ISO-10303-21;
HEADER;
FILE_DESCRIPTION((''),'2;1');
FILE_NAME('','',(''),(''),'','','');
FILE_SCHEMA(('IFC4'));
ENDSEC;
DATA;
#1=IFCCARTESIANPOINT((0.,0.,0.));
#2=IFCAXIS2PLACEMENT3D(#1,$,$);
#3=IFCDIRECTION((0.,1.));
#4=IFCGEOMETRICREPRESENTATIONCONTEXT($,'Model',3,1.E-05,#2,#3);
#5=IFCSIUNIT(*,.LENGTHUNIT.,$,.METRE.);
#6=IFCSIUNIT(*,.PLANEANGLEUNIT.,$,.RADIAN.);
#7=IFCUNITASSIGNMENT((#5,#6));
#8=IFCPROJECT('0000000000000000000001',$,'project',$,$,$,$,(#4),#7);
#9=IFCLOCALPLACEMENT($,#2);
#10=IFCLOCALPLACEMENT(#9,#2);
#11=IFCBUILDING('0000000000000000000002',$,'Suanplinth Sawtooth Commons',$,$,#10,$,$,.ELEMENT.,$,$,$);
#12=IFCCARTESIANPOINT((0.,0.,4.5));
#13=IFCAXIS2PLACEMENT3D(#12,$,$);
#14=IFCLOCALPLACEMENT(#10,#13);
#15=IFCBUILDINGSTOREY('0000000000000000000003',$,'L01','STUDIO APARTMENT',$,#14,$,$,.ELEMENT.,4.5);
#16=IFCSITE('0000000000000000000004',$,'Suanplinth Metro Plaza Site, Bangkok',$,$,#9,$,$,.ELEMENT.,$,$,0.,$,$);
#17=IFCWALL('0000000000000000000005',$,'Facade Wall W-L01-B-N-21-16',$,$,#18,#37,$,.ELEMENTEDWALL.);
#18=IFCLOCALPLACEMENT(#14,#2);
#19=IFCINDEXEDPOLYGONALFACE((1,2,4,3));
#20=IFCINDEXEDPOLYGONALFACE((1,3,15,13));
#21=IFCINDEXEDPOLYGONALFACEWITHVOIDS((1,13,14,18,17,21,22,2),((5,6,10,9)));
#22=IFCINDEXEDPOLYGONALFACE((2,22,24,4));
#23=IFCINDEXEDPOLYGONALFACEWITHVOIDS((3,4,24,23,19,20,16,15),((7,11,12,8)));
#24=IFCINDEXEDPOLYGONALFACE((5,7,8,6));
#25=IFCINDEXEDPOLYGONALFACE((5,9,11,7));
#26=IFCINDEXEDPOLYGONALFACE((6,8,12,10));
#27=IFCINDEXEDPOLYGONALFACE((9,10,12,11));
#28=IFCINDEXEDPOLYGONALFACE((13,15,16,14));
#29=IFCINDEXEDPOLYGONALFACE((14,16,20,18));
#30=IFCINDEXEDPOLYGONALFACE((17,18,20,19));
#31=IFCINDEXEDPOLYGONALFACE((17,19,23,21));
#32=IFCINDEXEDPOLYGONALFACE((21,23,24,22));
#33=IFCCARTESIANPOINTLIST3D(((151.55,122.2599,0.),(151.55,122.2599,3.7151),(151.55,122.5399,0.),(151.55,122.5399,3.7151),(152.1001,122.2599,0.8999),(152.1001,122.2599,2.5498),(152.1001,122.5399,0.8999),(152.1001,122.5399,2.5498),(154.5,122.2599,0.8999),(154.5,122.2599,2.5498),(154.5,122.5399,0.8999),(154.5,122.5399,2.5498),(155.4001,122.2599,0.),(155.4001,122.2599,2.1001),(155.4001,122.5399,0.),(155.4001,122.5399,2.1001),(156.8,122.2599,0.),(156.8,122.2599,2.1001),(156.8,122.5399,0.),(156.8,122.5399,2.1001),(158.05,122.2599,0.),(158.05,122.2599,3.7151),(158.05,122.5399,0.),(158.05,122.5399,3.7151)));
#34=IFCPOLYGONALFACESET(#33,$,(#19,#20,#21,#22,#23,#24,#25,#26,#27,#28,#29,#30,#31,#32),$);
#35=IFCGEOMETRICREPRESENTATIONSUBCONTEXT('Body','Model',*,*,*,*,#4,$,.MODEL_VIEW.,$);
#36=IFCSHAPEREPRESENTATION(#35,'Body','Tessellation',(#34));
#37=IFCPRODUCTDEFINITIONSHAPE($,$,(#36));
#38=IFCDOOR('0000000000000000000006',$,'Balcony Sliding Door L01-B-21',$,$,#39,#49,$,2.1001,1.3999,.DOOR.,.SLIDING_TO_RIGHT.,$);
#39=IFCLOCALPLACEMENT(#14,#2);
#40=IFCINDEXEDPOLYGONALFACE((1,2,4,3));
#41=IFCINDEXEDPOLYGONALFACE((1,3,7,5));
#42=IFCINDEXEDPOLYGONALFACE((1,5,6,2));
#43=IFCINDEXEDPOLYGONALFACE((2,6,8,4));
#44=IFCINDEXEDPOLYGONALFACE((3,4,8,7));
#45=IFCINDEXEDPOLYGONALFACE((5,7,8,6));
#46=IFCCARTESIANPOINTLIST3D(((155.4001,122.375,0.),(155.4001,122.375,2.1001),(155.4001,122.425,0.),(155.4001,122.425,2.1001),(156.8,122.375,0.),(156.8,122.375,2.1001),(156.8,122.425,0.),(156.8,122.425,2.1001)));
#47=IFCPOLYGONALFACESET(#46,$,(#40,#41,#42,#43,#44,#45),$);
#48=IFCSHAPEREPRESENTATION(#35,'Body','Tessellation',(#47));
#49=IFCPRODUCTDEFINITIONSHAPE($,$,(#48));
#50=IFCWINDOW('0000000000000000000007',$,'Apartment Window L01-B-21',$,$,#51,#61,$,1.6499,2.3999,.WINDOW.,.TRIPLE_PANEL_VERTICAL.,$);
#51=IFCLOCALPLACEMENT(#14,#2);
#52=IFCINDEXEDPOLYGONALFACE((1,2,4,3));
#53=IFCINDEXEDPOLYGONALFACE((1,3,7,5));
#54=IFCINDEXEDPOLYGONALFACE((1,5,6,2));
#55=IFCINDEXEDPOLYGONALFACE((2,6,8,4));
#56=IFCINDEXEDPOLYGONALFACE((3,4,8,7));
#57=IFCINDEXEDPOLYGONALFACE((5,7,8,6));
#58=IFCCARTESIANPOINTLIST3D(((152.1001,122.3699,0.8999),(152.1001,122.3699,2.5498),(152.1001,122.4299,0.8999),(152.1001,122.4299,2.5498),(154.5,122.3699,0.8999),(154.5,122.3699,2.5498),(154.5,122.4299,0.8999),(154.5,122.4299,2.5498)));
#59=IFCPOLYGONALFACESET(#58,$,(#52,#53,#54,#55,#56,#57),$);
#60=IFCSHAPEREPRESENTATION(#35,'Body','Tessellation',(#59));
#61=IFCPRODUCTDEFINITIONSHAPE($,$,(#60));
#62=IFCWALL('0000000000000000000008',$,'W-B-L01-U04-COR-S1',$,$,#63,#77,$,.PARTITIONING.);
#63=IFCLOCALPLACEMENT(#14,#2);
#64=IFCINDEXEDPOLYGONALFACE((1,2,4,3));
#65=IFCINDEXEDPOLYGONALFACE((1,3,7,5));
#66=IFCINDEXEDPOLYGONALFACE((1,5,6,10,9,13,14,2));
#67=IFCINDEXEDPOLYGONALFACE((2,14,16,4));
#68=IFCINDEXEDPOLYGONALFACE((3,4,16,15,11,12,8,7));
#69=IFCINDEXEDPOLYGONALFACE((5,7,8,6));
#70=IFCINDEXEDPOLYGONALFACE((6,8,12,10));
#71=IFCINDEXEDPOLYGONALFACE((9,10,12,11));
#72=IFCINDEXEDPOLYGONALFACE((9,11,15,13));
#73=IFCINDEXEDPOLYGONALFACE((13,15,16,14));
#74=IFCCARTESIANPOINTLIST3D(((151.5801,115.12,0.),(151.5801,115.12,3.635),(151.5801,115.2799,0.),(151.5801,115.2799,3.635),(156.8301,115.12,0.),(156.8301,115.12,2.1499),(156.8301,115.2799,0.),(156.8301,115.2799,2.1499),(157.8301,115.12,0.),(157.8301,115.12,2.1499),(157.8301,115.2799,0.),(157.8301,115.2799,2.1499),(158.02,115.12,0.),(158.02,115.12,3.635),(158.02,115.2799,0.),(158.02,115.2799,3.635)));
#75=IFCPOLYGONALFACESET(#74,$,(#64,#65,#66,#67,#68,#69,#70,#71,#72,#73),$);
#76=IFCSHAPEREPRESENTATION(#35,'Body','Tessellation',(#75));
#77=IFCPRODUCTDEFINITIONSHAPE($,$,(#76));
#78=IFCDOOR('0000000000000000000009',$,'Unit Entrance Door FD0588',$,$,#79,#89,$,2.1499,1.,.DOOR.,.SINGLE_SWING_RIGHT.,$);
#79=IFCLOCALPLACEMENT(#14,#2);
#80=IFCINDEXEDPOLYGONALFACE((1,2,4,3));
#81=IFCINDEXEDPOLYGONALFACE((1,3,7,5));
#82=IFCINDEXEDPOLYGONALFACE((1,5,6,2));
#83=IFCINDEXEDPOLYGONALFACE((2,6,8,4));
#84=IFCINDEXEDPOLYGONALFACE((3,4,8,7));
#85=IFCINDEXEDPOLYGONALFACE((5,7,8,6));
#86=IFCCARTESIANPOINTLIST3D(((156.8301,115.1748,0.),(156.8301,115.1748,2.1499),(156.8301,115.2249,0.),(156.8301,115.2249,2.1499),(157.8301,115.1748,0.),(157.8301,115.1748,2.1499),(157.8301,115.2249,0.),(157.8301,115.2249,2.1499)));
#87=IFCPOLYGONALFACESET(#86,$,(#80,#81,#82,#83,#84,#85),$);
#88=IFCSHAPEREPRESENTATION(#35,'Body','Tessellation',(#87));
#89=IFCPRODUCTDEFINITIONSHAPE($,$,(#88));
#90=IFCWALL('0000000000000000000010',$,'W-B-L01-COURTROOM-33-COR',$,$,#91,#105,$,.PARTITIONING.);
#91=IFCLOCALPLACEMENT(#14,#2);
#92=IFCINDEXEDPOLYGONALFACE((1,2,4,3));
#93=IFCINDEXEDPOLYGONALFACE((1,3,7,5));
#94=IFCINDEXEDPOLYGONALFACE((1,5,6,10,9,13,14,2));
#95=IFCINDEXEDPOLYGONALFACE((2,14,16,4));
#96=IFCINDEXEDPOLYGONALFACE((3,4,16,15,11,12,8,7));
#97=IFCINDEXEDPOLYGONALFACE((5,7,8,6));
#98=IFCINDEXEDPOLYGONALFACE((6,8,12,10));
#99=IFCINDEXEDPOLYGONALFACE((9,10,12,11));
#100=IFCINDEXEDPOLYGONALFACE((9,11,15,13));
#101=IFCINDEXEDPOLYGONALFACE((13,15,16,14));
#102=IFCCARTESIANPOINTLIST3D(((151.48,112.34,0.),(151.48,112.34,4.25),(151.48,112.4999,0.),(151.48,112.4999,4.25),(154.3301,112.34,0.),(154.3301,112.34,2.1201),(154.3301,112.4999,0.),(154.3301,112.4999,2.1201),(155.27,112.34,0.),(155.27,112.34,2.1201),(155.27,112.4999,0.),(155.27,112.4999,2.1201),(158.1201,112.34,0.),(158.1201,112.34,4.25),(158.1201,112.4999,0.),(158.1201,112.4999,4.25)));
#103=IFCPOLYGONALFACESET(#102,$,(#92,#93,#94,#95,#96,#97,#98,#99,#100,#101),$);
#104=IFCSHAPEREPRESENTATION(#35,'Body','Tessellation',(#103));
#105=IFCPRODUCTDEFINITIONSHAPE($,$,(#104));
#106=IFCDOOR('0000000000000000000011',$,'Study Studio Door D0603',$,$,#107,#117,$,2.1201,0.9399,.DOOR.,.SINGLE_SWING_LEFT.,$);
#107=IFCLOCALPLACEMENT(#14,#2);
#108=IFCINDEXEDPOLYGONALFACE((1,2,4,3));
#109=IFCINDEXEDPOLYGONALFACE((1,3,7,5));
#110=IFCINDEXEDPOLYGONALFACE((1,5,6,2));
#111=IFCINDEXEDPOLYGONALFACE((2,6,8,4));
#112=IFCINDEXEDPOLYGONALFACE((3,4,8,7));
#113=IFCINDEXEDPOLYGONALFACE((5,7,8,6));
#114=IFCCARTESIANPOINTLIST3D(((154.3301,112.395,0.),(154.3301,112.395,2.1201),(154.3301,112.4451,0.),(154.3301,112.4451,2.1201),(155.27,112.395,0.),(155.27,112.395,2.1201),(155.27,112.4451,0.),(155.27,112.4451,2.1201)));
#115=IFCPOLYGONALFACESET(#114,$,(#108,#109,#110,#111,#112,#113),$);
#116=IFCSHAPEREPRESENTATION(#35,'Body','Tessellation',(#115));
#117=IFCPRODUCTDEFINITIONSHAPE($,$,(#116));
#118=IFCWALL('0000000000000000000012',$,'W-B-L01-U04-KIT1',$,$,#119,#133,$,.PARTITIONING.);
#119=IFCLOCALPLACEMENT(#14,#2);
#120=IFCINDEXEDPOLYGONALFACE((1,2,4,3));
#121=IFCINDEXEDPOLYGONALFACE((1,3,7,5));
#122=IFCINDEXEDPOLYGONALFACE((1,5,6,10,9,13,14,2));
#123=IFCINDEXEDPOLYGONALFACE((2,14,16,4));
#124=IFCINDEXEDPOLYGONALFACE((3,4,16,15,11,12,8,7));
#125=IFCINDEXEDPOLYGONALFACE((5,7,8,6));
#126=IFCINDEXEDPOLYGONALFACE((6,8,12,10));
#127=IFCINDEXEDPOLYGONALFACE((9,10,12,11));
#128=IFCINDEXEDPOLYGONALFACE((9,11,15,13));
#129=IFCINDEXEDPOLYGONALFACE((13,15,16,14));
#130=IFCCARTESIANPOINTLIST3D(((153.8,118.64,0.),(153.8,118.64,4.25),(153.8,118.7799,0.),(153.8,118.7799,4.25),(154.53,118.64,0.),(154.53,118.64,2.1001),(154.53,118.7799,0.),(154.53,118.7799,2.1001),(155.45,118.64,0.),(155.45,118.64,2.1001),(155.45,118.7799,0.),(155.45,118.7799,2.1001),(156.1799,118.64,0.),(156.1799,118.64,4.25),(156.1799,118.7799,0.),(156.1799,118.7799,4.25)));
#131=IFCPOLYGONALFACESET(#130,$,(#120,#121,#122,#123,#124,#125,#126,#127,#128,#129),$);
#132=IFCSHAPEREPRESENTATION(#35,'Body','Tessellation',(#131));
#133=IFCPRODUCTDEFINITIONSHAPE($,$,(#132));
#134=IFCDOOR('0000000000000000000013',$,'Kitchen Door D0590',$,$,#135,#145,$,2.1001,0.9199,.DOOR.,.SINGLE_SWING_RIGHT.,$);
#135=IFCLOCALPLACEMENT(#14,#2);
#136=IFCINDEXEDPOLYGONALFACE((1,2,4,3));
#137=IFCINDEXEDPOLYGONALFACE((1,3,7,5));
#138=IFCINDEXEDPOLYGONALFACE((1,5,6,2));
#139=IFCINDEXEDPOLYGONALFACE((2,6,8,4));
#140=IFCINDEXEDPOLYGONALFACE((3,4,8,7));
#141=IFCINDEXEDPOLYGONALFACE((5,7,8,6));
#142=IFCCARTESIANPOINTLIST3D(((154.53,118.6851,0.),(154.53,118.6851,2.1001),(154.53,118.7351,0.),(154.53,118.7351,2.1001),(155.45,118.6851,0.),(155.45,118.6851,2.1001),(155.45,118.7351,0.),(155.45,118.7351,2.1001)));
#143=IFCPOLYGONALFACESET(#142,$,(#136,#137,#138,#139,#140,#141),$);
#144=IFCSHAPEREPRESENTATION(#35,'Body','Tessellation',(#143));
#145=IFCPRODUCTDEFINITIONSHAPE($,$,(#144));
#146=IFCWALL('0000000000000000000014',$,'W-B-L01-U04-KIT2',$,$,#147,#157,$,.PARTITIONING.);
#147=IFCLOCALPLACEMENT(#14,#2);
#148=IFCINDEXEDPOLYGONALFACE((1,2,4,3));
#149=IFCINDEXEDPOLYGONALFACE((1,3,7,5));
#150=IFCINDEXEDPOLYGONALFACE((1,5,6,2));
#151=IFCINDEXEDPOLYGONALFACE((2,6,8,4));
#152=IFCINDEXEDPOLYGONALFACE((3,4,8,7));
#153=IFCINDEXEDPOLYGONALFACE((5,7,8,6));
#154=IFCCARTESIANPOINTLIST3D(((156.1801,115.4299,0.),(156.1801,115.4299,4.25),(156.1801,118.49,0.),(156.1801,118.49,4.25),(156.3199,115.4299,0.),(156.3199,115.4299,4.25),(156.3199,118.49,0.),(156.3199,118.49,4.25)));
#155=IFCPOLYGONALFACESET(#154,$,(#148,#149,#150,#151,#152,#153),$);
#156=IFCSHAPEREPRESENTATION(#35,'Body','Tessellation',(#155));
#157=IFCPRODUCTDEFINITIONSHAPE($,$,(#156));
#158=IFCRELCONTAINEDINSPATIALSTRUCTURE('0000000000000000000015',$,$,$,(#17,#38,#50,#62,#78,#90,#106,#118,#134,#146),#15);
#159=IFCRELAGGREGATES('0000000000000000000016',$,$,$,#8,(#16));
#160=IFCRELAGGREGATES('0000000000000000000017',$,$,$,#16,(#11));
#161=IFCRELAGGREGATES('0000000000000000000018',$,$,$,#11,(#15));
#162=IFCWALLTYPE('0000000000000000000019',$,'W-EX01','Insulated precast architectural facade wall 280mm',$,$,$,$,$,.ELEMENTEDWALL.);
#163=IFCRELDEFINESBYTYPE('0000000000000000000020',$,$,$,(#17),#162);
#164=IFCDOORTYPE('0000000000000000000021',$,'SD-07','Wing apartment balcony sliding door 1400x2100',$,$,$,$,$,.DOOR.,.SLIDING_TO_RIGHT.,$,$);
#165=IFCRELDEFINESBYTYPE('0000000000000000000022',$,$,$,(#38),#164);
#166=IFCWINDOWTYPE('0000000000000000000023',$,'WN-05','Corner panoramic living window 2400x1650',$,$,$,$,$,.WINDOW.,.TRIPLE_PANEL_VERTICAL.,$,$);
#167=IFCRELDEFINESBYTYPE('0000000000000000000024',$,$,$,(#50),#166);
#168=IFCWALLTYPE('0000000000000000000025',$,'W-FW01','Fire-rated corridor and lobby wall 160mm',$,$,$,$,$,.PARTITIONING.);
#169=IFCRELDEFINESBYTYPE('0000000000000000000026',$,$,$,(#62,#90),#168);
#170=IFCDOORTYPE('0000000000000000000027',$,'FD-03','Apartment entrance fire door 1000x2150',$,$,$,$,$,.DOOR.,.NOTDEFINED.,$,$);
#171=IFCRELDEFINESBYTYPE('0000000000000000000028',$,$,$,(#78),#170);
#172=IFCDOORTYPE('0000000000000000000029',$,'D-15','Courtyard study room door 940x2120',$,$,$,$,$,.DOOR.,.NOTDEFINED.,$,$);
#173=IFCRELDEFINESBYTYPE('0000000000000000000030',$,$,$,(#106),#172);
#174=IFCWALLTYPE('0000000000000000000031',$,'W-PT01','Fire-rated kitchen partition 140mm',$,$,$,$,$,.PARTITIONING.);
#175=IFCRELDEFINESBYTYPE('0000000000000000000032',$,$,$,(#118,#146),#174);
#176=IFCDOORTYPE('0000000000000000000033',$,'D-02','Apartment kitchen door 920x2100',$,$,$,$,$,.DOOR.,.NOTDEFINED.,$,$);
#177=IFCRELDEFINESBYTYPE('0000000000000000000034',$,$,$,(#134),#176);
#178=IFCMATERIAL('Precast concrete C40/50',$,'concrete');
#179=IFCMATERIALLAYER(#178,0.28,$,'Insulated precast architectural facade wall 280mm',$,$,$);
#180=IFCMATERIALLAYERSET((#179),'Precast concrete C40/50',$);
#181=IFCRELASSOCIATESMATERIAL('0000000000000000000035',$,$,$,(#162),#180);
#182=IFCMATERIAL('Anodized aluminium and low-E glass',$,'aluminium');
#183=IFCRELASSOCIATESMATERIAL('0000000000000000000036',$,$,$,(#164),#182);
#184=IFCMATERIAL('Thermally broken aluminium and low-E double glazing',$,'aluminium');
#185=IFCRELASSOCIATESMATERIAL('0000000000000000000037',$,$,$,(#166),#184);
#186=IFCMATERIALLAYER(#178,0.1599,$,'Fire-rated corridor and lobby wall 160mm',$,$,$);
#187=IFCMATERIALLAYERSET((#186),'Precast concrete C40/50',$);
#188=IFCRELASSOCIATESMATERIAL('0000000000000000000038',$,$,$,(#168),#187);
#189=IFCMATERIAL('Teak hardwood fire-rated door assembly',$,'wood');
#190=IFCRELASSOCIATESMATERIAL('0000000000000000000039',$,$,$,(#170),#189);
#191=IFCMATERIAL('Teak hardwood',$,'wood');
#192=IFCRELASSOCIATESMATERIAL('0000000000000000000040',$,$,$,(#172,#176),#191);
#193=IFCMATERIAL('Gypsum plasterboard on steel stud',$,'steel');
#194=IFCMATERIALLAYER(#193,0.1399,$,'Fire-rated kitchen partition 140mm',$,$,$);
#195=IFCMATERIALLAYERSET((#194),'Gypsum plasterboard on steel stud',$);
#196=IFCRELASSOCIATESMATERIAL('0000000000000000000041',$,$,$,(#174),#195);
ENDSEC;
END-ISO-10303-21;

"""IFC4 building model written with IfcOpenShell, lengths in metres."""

from ifc_helpers import new_model, si_unit, direction, frame, frame_2d, origin, place, context, subcontext, project, spatial, rectangle, extrude, material, layer, layer_set, type_object, element, fill, save


model = new_model("IFC4")

# Units and contexts
model_context = context("Model", 3, precision=1e-05, world=origin(), true_north=direction((0.0, 1.0)))
body_context = subcontext(model_context, "Body", "Model", "MODEL_VIEW")
ifc_project = project(units=[si_unit("LENGTHUNIT", "METRE"), si_unit("PLANEANGLEUNIT", "RADIAN")], contexts=[model_context])

# Site, building, storey
site_placement = place(None, origin())
site = spatial("IfcSite", under=ifc_project, at=site_placement, Name="Suanplinth Metro Plaza Site, Bangkok", CompositionType="ELEMENT", RefElevation=0.0)
building_placement = place(site_placement, origin())
building = spatial("IfcBuilding", under=site, at=building_placement, Name="Suanplinth Sawtooth Commons", CompositionType="ELEMENT")
storey_placement = place(building_placement, frame((0.0, 0.0, 4.5)))
storey = spatial("IfcBuildingStorey", under=building, at=storey_placement, Name="L01", Description="STUDIO APARTMENT", CompositionType="ELEMENT", Elevation=4.5)

# Shared definitions
ifc_material_1 = material(Name="Precast concrete C40/50", Category="concrete")

# Shared definitions
ifc_material_2 = material(Name="Teak hardwood fire-rated door assembly", Category="wood")

# Wall, openings, door, window
ifc_layer_1 = layer(ifc_material_1, 0.28, Name="Insulated precast architectural facade wall 280mm")
ifc_layer_set_1 = layer_set([ifc_layer_1], Name="Precast concrete C40/50")
wall_type_1 = type_object("IfcWallType", Name="W-EX01", Description="Insulated precast architectural facade wall 280mm", PredefinedType="ELEMENTEDWALL", material=ifc_layer_set_1)
wall_1_placement = place(storey_placement, frame((151.55, 122.3999, 0.0), z_axis=(0.0, 0.0, 1.0), x_axis=(1.0, 0.0, 0.0)))
wall_1 = element("IfcWall", 1, at=wall_1_placement, inside=storey, type_object=wall_type_1, Name="Facade Wall W-L01-B-N-21-16", PredefinedType="ELEMENTEDWALL", context=body_context, shape_type="SweptSolid", body=[
    extrude(rectangle(XDim=6.5, YDim=0.28, at=frame_2d((3.25, 0.0))), origin(), (0.0, 0.0, 1.0), 3.7151),
])
opening_1_placement = place(wall_1_placement, frame((3.8501, 0.0, 0.0)))
opening_1 = element("IfcOpeningElement", 2, at=opening_1_placement, cuts=wall_1, PredefinedType="OPENING", context=body_context, shape_type="SweptSolid", body=[
    extrude(rectangle(XDim=1.3999, YDim=2.1001, at=frame_2d((0.7, 1.05))), frame((0.0, 0.1548, 0.0), z_axis=(0.0, -1.0, 0.0), x_axis=(1.0, 0.0, 0.0)), (0.0, 0.0, 1.0), 0.3098),
])
opening_2_placement = place(wall_1_placement, frame((0.55, 0.0, 0.8999)))
opening_2 = element("IfcOpeningElement", 3, at=opening_2_placement, cuts=wall_1, PredefinedType="OPENING", context=body_context, shape_type="SweptSolid", body=[
    extrude(rectangle(XDim=2.3999, YDim=1.6499, at=frame_2d((1.2, 0.825))), frame((0.0, 0.1548, 0.0), z_axis=(0.0, -1.0, 0.0), x_axis=(1.0, 0.0, 0.0)), (0.0, 0.0, 1.0), 0.3098),
])
ifc_material_3 = material(Name="Anodized aluminium and low-E glass", Category="aluminium")
door_type_1 = type_object("IfcDoorType", Name="SD-07", Description="Wing apartment balcony sliding door 1400x2100", OperationType="SLIDING_TO_RIGHT", PredefinedType="DOOR", material=ifc_material_3)
door_1_placement = place(opening_1_placement, frame((1.3999, 0.0, 0.0), z_axis=(0.0, 0.0, 1.0), x_axis=(-1.0, 0.0, 0.0)))
door_1 = element("IfcDoor", 4, at=door_1_placement, inside=storey, type_object=door_type_1, Name="Balcony Sliding Door L01-B-21", OperationType="SLIDING_TO_RIGHT", OverallHeight=2.1001, OverallWidth=1.3999, PredefinedType="DOOR", context=body_context, shape_type="SweptSolid", body=[
    extrude(rectangle(XDim=1.3999, YDim=2.1001, at=frame_2d((0.7, 1.05))), frame((0.0, 0.0249, 0.0), z_axis=(0.0, -1.0, 0.0), x_axis=(1.0, 0.0, 0.0)), (0.0, 0.0, 1.0), 0.05),
])
fill(opening_1, door_1)
ifc_material_4 = material(Name="Thermally broken aluminium and low-E double glazing", Category="aluminium")
window_type = type_object("IfcWindowType", Name="WN-05", Description="Corner panoramic living window 2400x1650", PartitioningType="TRIPLE_PANEL_VERTICAL", PredefinedType="WINDOW", material=ifc_material_4)
window_placement = place(opening_2_placement, origin())
window = element("IfcWindow", 5, at=window_placement, inside=storey, type_object=window_type, Name="Apartment Window L01-B-21", OverallHeight=1.6499, OverallWidth=2.3999, PartitioningType="TRIPLE_PANEL_VERTICAL", PredefinedType="WINDOW", context=body_context, shape_type="SweptSolid", body=[
    extrude(rectangle(XDim=2.3999, YDim=1.6499, at=frame_2d((1.2, 0.825))), frame((0.0, 0.03, 0.0), z_axis=(0.0, -1.0, 0.0), x_axis=(1.0, 0.0, 0.0)), (0.0, 0.0, 1.0), 0.0601),
])
fill(opening_2, window)

# Walls, openings, doors
ifc_layer_2 = layer(ifc_material_1, 0.1599, Name="Fire-rated corridor and lobby wall 160mm")
ifc_layer_set_2 = layer_set([ifc_layer_2], Name="Precast concrete C40/50")
wall_type_2 = type_object("IfcWallType", Name="W-FW01", Description="Fire-rated corridor and lobby wall 160mm", PredefinedType="PARTITIONING", material=ifc_layer_set_2)
wall_2_placement = place(storey_placement, frame((151.5801, 115.2, 0.0), z_axis=(0.0, 0.0, 1.0), x_axis=(1.0, 0.0, 0.0)))
wall_2 = element("IfcWall", 6, at=wall_2_placement, inside=storey, type_object=wall_type_2, Name="W-B-L01-U04-COR-S1", PredefinedType="PARTITIONING", context=body_context, shape_type="SweptSolid", body=[
    extrude(rectangle(XDim=6.4399, YDim=0.1599, at=frame_2d((3.22, 0.0))), origin(), (0.0, 0.0, 1.0), 3.635),
])
opening_3_placement = place(wall_2_placement, frame((5.25, 0.0, 0.0)))
opening_3 = element("IfcOpeningElement", 7, at=opening_3_placement, cuts=wall_2, PredefinedType="OPENING", context=body_context, shape_type="SweptSolid", body=[
    extrude(rectangle(XDim=1.0, YDim=2.1499, at=frame_2d((0.5, 1.075))), frame((0.0, 0.0947, 0.0), z_axis=(0.0, -1.0, 0.0), x_axis=(1.0, 0.0, 0.0)), (0.0, 0.0, 1.0), 0.1897),
])
door_type_2 = type_object("IfcDoorType", Name="FD-03", Description="Apartment entrance fire door 1000x2150", OperationType="NOTDEFINED", PredefinedType="DOOR", material=ifc_material_2)
door_2_placement = place(opening_3_placement, origin())
door_2 = element("IfcDoor", 8, at=door_2_placement, inside=storey, type_object=door_type_2, Name="Unit Entrance Door FD0588", OperationType="SINGLE_SWING_RIGHT", OverallHeight=2.1499, OverallWidth=1.0, PredefinedType="DOOR", context=body_context, shape_type="SweptSolid", body=[
    extrude(rectangle(XDim=1.0, YDim=2.1499, at=frame_2d((0.5, 1.075))), frame((0.0, 0.0249, 0.0), z_axis=(0.0, -1.0, 0.0), x_axis=(1.0, 0.0, 0.0)), (0.0, 0.0, 1.0), 0.05),
])
fill(opening_3, door_2)
wall_3_placement = place(storey_placement, frame((151.48, 112.4199, 0.0), z_axis=(0.0, 0.0, 1.0), x_axis=(1.0, 0.0, 0.0)))
wall_3 = element("IfcWall", 9, at=wall_3_placement, inside=storey, type_object=wall_type_2, Name="W-B-L01-COURTROOM-33-COR", PredefinedType="PARTITIONING", context=body_context, shape_type="SweptSolid", body=[
    extrude(rectangle(XDim=6.6401, YDim=0.1599, at=frame_2d((3.3201, 0.0))), origin(), (0.0, 0.0, 1.0), 4.25),
])
opening_4_placement = place(wall_3_placement, frame((2.8501, 0.0, 0.0)))
opening_4 = element("IfcOpeningElement", 10, at=opening_4_placement, cuts=wall_3, PredefinedType="OPENING", context=body_context, shape_type="SweptSolid", body=[
    extrude(rectangle(XDim=0.9399, YDim=2.1201, at=frame_2d((0.47, 1.0601))), frame((0.0, 0.0947, 0.0), z_axis=(0.0, -1.0, 0.0), x_axis=(1.0, 0.0, 0.0)), (0.0, 0.0, 1.0), 0.1897),
])
ifc_material_5 = material(Name="Teak hardwood", Category="wood")
door_type_3 = type_object("IfcDoorType", Name="D-15", Description="Courtyard study room door 940x2120", OperationType="NOTDEFINED", PredefinedType="DOOR", material=ifc_material_5)
door_3_placement = place(opening_4_placement, frame((0.9399, 0.0, 0.0), z_axis=(0.0, 0.0, 1.0), x_axis=(-1.0, 0.0, 0.0)))
door_3 = element("IfcDoor", 11, at=door_3_placement, inside=storey, type_object=door_type_3, Name="Study Studio Door D0603", OperationType="SINGLE_SWING_LEFT", OverallHeight=2.1201, OverallWidth=0.9399, PredefinedType="DOOR", context=body_context, shape_type="SweptSolid", body=[
    extrude(rectangle(XDim=0.9399, YDim=2.1201, at=frame_2d((0.47, 1.0601))), frame((0.0, 0.0249, 0.0), z_axis=(0.0, -1.0, 0.0), x_axis=(1.0, 0.0, 0.0)), (0.0, 0.0, 1.0), 0.05),
])
fill(opening_4, door_3)
ifc_material_6 = material(Name="Gypsum plasterboard on steel stud", Category="steel")
ifc_layer_3 = layer(ifc_material_6, 0.1399, Name="Fire-rated kitchen partition 140mm")
ifc_layer_set_3 = layer_set([ifc_layer_3], Name="Gypsum plasterboard on steel stud")
wall_type_3 = type_object("IfcWallType", Name="W-PT01", Description="Fire-rated kitchen partition 140mm", PredefinedType="PARTITIONING", material=ifc_layer_set_3)
wall_4_placement = place(storey_placement, frame((153.8, 118.71, 0.0), z_axis=(0.0, 0.0, 1.0), x_axis=(1.0, 0.0, 0.0)))
wall_4 = element("IfcWall", 12, at=wall_4_placement, inside=storey, type_object=wall_type_3, Name="W-B-L01-U04-KIT1", PredefinedType="PARTITIONING", context=body_context, shape_type="SweptSolid", body=[
    extrude(rectangle(XDim=2.3799, YDim=0.1399, at=frame_2d((1.1899, 0.0))), origin(), (0.0, 0.0, 1.0), 4.25),
])
opening_5_placement = place(wall_4_placement, frame((0.73, 0.0, 0.0)))
opening_5 = element("IfcOpeningElement", 13, at=opening_5_placement, cuts=wall_4, PredefinedType="OPENING", context=body_context, shape_type="SweptSolid", body=[
    extrude(rectangle(XDim=0.9199, YDim=2.1001, at=frame_2d((0.46, 1.05))), frame((0.0, 0.085, 0.0), z_axis=(0.0, -1.0, 0.0), x_axis=(1.0, 0.0, 0.0)), (0.0, 0.0, 1.0), 0.1697),
])
door_type_4 = type_object("IfcDoorType", Name="D-02", Description="Apartment kitchen door 920x2100", OperationType="NOTDEFINED", PredefinedType="DOOR", material=ifc_material_5)
door_4_placement = place(opening_5_placement, frame((0.9199, 0.0, 0.0), z_axis=(0.0, 0.0, 1.0), x_axis=(-1.0, 0.0, 0.0)))
door_4 = element("IfcDoor", 14, at=door_4_placement, inside=storey, type_object=door_type_4, Name="Kitchen Door D0590", OperationType="SINGLE_SWING_RIGHT", OverallHeight=2.1001, OverallWidth=0.9199, PredefinedType="DOOR", context=body_context, shape_type="SweptSolid", body=[
    extrude(rectangle(XDim=0.9199, YDim=2.1001, at=frame_2d((0.46, 1.05))), frame((0.0, 0.0249, 0.0), z_axis=(0.0, -1.0, 0.0), x_axis=(1.0, 0.0, 0.0)), (0.0, 0.0, 1.0), 0.05),
])
fill(opening_5, door_4)

# Wall
wall_5_placement = place(storey_placement, frame((156.25, 115.4299, 0.0), z_axis=(0.0, 0.0, 1.0), x_axis=(0.0, 1.0, 0.0)))
element("IfcWall", 15, at=wall_5_placement, inside=storey, type_object=wall_type_3, Name="W-B-L01-U04-KIT2", PredefinedType="PARTITIONING", context=body_context, shape_type="SweptSolid", body=[
    extrude(rectangle(XDim=3.0601, YDim=0.1399, at=frame_2d((1.53, 0.0))), origin(), (0.0, 0.0, 1.0), 4.25),
])

save(model, "model.ifc")
